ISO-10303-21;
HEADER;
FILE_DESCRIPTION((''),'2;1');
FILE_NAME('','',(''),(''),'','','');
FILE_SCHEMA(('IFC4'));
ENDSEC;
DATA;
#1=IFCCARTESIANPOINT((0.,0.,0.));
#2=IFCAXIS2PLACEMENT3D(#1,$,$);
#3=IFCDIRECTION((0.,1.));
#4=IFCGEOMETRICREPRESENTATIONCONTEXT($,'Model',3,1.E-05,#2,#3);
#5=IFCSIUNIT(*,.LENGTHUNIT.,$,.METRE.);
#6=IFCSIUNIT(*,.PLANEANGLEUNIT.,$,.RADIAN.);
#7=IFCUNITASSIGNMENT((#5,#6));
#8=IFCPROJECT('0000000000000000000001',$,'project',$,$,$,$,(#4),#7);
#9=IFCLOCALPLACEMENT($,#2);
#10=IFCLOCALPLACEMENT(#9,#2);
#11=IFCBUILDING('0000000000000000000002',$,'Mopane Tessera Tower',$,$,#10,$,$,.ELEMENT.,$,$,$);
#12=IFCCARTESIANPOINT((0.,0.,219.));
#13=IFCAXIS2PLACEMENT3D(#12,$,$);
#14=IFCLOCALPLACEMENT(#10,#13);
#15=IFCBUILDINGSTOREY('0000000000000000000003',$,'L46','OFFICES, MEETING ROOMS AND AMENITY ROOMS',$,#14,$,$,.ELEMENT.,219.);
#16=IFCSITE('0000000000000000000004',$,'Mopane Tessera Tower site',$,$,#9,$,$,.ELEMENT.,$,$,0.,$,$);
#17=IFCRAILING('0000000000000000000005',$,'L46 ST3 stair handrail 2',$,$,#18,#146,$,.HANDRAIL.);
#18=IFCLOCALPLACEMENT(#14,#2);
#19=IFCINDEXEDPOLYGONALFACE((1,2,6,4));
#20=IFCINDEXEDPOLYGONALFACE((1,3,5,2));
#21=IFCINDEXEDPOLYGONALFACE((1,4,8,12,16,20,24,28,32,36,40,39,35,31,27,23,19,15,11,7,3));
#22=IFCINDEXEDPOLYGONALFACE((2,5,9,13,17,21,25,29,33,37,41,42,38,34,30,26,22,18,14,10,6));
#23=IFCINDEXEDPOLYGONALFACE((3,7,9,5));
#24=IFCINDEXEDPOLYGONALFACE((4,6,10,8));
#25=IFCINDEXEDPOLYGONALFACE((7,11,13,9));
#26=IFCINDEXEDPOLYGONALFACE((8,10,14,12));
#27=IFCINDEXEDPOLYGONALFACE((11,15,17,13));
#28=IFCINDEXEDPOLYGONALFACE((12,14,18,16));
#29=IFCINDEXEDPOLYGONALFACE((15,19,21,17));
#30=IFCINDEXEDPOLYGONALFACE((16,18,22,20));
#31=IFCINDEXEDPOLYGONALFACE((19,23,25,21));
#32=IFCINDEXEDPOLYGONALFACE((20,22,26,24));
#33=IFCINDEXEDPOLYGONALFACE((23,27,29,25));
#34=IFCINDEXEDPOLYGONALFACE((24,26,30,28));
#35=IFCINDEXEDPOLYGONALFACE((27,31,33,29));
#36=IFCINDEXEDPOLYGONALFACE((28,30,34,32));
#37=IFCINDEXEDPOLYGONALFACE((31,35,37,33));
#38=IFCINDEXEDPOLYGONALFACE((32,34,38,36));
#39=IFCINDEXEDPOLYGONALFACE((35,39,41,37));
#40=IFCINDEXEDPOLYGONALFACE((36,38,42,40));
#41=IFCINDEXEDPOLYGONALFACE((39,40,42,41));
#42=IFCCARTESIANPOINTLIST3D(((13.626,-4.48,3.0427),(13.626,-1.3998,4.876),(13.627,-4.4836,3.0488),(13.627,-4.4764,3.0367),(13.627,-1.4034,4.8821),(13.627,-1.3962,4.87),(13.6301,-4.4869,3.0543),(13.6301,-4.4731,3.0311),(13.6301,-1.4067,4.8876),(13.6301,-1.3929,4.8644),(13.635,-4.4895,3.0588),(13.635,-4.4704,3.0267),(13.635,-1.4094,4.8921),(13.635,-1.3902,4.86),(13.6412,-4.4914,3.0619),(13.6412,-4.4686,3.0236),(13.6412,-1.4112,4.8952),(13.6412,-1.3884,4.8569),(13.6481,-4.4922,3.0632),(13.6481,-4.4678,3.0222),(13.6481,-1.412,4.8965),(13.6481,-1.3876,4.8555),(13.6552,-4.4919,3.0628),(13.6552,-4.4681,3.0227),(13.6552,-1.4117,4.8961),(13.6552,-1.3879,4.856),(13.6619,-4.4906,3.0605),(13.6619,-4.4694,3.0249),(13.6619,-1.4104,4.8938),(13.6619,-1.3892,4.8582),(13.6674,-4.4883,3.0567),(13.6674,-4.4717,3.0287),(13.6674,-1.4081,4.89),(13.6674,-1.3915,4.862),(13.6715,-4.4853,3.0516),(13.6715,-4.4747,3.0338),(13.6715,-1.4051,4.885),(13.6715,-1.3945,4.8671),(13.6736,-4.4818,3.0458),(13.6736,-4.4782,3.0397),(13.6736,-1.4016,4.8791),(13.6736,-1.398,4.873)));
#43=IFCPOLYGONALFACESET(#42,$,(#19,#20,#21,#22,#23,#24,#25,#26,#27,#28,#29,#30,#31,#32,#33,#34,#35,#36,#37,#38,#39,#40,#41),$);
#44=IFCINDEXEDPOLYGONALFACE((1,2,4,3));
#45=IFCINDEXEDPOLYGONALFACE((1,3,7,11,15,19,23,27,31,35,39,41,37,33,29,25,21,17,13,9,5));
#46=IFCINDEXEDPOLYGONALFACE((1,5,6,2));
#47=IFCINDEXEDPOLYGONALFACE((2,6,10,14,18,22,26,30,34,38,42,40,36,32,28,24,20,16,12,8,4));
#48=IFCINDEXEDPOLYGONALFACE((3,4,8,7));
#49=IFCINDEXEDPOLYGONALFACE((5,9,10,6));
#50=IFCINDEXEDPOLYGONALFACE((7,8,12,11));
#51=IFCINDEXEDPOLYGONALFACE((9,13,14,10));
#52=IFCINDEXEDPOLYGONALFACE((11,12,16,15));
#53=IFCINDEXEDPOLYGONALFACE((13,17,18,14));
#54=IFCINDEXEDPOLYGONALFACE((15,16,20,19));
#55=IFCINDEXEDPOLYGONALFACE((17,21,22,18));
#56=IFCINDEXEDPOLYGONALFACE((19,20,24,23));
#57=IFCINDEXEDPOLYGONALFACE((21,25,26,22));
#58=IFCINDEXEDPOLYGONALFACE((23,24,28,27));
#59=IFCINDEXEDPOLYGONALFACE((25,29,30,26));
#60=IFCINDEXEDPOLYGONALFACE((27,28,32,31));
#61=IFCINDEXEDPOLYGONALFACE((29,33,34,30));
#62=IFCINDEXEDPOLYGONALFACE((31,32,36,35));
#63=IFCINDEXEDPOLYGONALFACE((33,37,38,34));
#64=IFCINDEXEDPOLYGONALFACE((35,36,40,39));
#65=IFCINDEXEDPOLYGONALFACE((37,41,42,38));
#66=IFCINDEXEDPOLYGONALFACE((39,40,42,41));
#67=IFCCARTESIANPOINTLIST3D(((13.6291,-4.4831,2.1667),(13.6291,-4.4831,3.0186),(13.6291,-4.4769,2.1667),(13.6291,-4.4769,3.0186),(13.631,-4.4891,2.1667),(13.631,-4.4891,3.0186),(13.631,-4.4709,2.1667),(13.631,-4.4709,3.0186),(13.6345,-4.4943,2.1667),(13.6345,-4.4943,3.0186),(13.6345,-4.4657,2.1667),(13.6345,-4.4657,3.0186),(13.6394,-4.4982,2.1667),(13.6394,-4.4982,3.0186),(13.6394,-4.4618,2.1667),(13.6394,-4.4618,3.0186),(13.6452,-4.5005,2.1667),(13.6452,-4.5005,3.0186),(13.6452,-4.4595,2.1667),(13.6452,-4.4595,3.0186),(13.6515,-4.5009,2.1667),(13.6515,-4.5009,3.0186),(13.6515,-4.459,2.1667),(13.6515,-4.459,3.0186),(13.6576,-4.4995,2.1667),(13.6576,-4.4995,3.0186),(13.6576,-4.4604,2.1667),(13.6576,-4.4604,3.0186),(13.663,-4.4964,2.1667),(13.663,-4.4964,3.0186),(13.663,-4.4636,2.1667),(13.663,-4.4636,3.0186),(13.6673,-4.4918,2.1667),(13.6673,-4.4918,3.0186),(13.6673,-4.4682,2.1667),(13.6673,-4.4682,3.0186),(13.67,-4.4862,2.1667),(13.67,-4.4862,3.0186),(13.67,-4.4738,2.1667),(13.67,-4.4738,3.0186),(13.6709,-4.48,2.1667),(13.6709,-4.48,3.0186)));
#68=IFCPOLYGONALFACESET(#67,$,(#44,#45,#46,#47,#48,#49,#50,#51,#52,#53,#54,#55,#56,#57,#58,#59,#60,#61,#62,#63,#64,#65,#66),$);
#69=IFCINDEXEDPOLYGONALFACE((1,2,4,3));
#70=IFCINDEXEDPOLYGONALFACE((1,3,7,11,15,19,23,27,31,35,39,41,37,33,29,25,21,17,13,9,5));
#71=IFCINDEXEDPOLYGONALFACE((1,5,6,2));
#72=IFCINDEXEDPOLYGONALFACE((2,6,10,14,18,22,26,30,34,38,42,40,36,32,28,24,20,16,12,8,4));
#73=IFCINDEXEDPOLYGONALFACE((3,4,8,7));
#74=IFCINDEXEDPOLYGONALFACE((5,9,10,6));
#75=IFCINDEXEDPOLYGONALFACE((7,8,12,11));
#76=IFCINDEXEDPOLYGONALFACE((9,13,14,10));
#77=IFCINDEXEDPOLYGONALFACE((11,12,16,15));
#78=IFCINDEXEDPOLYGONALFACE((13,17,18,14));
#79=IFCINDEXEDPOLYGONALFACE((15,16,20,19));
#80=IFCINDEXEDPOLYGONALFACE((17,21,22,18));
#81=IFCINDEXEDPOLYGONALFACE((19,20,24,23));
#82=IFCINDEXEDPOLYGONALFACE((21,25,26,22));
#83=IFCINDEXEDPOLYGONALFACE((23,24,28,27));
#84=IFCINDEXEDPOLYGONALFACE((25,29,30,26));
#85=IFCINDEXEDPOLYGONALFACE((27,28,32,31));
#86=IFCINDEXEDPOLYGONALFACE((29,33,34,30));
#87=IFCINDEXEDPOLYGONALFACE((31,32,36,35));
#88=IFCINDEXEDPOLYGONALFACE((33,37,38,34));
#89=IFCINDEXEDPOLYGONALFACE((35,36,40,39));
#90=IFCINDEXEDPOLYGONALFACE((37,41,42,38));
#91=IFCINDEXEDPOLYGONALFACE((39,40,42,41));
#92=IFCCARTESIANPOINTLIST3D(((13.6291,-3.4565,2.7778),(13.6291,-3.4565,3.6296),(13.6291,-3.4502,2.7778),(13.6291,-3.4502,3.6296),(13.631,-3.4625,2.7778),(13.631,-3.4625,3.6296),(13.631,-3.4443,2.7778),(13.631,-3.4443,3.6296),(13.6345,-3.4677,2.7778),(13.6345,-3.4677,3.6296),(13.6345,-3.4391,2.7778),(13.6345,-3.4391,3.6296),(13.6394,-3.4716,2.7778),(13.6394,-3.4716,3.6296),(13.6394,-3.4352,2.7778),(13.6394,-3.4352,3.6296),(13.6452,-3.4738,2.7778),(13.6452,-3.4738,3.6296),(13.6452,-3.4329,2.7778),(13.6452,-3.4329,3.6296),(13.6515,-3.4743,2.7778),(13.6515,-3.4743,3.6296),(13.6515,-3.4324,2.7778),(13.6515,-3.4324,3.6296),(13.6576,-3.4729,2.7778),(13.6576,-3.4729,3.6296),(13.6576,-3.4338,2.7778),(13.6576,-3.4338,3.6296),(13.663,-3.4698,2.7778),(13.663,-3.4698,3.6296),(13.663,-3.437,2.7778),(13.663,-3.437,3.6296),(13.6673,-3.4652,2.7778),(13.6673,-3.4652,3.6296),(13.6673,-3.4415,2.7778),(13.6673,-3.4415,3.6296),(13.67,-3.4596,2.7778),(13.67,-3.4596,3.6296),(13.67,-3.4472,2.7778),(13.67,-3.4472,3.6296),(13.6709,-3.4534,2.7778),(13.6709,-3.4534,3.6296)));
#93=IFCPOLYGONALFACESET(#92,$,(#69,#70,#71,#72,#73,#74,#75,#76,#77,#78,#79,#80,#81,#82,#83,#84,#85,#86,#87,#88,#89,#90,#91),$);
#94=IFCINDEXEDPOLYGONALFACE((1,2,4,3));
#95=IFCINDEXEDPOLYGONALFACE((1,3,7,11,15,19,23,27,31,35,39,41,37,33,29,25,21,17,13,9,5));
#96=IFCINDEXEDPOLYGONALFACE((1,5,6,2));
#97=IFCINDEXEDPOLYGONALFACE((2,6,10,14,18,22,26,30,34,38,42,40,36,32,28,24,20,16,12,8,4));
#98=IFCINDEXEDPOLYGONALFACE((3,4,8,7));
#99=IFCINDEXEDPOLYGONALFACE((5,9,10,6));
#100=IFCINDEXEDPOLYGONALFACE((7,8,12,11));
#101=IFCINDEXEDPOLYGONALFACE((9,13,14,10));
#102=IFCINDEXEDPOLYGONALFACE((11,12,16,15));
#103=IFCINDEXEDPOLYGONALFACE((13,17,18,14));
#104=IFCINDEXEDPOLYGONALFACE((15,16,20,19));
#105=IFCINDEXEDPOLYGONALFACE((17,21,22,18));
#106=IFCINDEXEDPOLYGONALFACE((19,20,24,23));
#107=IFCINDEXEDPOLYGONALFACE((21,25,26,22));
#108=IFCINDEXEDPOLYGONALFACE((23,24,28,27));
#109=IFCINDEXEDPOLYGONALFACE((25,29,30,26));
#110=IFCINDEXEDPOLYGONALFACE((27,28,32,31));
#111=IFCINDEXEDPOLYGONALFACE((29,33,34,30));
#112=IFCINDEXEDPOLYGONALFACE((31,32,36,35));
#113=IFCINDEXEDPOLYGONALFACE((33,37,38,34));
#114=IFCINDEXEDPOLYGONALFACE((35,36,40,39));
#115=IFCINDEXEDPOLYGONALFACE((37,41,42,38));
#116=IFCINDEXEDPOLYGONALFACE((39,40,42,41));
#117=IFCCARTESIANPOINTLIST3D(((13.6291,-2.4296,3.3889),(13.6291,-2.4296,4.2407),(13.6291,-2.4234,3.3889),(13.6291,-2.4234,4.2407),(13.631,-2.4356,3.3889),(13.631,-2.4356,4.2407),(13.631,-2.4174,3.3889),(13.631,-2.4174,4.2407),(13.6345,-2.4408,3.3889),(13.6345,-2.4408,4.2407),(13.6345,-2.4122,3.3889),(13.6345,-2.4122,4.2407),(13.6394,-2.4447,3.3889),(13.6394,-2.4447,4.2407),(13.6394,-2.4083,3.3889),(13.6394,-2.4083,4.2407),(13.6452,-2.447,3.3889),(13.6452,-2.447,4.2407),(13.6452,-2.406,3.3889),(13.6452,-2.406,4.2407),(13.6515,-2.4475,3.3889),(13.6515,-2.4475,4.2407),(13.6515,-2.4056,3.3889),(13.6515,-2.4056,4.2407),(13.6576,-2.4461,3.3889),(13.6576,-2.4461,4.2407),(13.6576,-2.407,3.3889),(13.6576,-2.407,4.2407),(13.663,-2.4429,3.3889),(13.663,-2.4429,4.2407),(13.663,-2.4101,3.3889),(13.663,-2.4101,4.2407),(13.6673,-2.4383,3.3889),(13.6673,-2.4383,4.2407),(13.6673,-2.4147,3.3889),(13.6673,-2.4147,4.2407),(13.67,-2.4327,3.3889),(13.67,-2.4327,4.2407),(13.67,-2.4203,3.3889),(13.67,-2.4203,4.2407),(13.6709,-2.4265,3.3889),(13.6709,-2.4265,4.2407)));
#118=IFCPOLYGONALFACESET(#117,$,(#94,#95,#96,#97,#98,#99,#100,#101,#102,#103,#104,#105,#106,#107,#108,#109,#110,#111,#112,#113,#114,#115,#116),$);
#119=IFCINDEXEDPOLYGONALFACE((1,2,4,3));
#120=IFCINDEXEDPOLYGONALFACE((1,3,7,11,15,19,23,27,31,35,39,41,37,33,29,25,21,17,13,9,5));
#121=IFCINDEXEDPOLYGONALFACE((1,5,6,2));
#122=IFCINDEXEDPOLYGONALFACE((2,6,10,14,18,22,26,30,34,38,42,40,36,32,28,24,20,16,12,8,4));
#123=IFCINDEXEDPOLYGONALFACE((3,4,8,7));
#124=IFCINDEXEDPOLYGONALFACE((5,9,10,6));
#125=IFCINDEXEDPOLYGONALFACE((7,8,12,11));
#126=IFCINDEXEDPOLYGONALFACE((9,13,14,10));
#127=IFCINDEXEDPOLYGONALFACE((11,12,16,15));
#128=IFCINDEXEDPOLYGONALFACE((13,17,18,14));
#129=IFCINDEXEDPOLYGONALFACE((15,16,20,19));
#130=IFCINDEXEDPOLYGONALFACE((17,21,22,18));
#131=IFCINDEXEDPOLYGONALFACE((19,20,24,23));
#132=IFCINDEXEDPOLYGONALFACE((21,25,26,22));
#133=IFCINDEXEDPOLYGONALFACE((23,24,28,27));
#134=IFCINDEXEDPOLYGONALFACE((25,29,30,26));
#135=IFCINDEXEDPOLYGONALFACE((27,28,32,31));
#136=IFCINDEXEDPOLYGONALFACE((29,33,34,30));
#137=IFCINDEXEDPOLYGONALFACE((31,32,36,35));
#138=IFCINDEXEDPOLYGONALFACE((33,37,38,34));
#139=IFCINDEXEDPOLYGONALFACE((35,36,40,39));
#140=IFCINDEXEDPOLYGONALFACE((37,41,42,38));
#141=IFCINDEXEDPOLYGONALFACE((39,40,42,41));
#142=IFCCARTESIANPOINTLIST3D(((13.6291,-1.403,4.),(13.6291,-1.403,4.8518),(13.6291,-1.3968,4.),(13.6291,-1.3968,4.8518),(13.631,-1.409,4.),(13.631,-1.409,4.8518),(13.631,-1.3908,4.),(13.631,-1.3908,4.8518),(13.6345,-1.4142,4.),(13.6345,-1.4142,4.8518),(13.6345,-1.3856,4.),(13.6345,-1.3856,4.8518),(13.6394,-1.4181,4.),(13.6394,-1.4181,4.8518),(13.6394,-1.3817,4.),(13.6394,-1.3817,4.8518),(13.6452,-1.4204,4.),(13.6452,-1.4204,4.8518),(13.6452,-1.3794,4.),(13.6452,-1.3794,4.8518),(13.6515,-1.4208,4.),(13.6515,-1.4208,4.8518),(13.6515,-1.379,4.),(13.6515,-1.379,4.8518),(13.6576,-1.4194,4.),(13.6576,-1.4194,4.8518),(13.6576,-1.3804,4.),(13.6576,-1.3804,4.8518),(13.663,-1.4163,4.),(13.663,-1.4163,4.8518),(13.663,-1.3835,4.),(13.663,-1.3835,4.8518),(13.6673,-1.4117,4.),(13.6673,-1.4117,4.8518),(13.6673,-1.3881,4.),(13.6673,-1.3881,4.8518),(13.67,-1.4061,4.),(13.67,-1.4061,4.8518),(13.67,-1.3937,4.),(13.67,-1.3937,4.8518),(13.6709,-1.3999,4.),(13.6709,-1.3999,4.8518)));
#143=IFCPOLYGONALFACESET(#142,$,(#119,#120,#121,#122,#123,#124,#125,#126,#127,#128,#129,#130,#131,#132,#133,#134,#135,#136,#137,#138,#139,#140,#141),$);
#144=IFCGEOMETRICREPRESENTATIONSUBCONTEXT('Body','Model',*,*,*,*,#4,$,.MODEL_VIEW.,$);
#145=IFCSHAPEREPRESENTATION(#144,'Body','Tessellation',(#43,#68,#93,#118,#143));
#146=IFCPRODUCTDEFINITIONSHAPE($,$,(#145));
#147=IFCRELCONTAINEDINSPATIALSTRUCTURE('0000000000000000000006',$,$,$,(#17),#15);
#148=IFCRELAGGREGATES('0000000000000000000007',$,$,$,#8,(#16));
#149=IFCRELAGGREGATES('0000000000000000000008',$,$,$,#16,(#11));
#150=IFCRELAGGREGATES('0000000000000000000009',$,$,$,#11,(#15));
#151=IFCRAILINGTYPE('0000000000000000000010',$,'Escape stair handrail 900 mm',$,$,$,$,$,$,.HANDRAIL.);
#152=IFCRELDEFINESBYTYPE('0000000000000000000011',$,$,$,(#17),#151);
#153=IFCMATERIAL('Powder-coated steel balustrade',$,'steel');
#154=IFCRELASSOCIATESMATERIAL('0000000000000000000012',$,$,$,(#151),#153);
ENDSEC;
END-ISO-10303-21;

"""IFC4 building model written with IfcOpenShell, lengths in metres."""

from ifc_helpers import new_model, si_unit, direction, frame, origin, origin_2d, place, context, subcontext, project, spatial, circle, extrude, material, type_object, element, save


model = new_model("IFC4")

# Units and contexts
model_context = context("Model", 3, precision=1e-05, world=origin(), true_north=direction((0.0, 1.0)))
body_context = subcontext(model_context, "Body", "Model", "MODEL_VIEW")
ifc_project = project(units=[si_unit("LENGTHUNIT", "METRE"), si_unit("PLANEANGLEUNIT", "RADIAN")], contexts=[model_context])

# Site, building, storey
site_placement = place(None, origin())
site = spatial("IfcSite", under=ifc_project, at=site_placement, Name="Mopane Tessera Tower site", CompositionType="ELEMENT", RefElevation=0.0)
building_placement = place(site_placement, origin())
building = spatial("IfcBuilding", under=site, at=building_placement, Name="Mopane Tessera Tower", CompositionType="ELEMENT")
storey_placement = place(building_placement, frame((0.0, 0.0, 219.0)))
storey = spatial("IfcBuildingStorey", under=building, at=storey_placement, Name="L46", Description="OFFICES, MEETING ROOMS AND AMENITY ROOMS", CompositionType="ELEMENT", Elevation=219.0)

# Railing
ifc_material_1 = material(Name="Powder-coated steel balustrade", Category="steel")
railing_type_1 = type_object("IfcRailingType", Name="Escape stair handrail 900 mm", PredefinedType="HANDRAIL", material=ifc_material_1)
railing_1_placement = place(storey_placement, frame((13.6499, -4.48, 2.1667)))
element("IfcRailing", 1, at=railing_1_placement, inside=storey, type_object=railing_type_1, Name="L46 ST3 stair handrail 2", PredefinedType="HANDRAIL", context=body_context, shape_type="SweptSolid", body=[
    extrude(circle(Radius=0.0239, at=origin_2d()), frame((0.0, 0.0, 0.876), z_axis=(0.0, 0.859309, 0.511458), x_axis=(-1.0, 0.0, 0.0)), (0.0, 0.0, 1.0), 3.5845),
    extrude(circle(Radius=0.021, at=origin_2d()), origin(), (0.0, 0.0, 1.0), 0.8518),
    extrude(circle(Radius=0.021, at=origin_2d()), frame((0.0, 1.0266, 0.6111)), (0.0, 0.0, 1.0), 0.8518),
    extrude(circle(Radius=0.021, at=origin_2d()), frame((0.0, 2.0535, 1.2222)), (0.0, 0.0, 1.0), 0.8518),
    extrude(circle(Radius=0.021, at=origin_2d()), frame((0.0, 3.0801, 1.8333)), (0.0, 0.0, 1.0), 0.8518),
])

save(model, "model.ifc")
